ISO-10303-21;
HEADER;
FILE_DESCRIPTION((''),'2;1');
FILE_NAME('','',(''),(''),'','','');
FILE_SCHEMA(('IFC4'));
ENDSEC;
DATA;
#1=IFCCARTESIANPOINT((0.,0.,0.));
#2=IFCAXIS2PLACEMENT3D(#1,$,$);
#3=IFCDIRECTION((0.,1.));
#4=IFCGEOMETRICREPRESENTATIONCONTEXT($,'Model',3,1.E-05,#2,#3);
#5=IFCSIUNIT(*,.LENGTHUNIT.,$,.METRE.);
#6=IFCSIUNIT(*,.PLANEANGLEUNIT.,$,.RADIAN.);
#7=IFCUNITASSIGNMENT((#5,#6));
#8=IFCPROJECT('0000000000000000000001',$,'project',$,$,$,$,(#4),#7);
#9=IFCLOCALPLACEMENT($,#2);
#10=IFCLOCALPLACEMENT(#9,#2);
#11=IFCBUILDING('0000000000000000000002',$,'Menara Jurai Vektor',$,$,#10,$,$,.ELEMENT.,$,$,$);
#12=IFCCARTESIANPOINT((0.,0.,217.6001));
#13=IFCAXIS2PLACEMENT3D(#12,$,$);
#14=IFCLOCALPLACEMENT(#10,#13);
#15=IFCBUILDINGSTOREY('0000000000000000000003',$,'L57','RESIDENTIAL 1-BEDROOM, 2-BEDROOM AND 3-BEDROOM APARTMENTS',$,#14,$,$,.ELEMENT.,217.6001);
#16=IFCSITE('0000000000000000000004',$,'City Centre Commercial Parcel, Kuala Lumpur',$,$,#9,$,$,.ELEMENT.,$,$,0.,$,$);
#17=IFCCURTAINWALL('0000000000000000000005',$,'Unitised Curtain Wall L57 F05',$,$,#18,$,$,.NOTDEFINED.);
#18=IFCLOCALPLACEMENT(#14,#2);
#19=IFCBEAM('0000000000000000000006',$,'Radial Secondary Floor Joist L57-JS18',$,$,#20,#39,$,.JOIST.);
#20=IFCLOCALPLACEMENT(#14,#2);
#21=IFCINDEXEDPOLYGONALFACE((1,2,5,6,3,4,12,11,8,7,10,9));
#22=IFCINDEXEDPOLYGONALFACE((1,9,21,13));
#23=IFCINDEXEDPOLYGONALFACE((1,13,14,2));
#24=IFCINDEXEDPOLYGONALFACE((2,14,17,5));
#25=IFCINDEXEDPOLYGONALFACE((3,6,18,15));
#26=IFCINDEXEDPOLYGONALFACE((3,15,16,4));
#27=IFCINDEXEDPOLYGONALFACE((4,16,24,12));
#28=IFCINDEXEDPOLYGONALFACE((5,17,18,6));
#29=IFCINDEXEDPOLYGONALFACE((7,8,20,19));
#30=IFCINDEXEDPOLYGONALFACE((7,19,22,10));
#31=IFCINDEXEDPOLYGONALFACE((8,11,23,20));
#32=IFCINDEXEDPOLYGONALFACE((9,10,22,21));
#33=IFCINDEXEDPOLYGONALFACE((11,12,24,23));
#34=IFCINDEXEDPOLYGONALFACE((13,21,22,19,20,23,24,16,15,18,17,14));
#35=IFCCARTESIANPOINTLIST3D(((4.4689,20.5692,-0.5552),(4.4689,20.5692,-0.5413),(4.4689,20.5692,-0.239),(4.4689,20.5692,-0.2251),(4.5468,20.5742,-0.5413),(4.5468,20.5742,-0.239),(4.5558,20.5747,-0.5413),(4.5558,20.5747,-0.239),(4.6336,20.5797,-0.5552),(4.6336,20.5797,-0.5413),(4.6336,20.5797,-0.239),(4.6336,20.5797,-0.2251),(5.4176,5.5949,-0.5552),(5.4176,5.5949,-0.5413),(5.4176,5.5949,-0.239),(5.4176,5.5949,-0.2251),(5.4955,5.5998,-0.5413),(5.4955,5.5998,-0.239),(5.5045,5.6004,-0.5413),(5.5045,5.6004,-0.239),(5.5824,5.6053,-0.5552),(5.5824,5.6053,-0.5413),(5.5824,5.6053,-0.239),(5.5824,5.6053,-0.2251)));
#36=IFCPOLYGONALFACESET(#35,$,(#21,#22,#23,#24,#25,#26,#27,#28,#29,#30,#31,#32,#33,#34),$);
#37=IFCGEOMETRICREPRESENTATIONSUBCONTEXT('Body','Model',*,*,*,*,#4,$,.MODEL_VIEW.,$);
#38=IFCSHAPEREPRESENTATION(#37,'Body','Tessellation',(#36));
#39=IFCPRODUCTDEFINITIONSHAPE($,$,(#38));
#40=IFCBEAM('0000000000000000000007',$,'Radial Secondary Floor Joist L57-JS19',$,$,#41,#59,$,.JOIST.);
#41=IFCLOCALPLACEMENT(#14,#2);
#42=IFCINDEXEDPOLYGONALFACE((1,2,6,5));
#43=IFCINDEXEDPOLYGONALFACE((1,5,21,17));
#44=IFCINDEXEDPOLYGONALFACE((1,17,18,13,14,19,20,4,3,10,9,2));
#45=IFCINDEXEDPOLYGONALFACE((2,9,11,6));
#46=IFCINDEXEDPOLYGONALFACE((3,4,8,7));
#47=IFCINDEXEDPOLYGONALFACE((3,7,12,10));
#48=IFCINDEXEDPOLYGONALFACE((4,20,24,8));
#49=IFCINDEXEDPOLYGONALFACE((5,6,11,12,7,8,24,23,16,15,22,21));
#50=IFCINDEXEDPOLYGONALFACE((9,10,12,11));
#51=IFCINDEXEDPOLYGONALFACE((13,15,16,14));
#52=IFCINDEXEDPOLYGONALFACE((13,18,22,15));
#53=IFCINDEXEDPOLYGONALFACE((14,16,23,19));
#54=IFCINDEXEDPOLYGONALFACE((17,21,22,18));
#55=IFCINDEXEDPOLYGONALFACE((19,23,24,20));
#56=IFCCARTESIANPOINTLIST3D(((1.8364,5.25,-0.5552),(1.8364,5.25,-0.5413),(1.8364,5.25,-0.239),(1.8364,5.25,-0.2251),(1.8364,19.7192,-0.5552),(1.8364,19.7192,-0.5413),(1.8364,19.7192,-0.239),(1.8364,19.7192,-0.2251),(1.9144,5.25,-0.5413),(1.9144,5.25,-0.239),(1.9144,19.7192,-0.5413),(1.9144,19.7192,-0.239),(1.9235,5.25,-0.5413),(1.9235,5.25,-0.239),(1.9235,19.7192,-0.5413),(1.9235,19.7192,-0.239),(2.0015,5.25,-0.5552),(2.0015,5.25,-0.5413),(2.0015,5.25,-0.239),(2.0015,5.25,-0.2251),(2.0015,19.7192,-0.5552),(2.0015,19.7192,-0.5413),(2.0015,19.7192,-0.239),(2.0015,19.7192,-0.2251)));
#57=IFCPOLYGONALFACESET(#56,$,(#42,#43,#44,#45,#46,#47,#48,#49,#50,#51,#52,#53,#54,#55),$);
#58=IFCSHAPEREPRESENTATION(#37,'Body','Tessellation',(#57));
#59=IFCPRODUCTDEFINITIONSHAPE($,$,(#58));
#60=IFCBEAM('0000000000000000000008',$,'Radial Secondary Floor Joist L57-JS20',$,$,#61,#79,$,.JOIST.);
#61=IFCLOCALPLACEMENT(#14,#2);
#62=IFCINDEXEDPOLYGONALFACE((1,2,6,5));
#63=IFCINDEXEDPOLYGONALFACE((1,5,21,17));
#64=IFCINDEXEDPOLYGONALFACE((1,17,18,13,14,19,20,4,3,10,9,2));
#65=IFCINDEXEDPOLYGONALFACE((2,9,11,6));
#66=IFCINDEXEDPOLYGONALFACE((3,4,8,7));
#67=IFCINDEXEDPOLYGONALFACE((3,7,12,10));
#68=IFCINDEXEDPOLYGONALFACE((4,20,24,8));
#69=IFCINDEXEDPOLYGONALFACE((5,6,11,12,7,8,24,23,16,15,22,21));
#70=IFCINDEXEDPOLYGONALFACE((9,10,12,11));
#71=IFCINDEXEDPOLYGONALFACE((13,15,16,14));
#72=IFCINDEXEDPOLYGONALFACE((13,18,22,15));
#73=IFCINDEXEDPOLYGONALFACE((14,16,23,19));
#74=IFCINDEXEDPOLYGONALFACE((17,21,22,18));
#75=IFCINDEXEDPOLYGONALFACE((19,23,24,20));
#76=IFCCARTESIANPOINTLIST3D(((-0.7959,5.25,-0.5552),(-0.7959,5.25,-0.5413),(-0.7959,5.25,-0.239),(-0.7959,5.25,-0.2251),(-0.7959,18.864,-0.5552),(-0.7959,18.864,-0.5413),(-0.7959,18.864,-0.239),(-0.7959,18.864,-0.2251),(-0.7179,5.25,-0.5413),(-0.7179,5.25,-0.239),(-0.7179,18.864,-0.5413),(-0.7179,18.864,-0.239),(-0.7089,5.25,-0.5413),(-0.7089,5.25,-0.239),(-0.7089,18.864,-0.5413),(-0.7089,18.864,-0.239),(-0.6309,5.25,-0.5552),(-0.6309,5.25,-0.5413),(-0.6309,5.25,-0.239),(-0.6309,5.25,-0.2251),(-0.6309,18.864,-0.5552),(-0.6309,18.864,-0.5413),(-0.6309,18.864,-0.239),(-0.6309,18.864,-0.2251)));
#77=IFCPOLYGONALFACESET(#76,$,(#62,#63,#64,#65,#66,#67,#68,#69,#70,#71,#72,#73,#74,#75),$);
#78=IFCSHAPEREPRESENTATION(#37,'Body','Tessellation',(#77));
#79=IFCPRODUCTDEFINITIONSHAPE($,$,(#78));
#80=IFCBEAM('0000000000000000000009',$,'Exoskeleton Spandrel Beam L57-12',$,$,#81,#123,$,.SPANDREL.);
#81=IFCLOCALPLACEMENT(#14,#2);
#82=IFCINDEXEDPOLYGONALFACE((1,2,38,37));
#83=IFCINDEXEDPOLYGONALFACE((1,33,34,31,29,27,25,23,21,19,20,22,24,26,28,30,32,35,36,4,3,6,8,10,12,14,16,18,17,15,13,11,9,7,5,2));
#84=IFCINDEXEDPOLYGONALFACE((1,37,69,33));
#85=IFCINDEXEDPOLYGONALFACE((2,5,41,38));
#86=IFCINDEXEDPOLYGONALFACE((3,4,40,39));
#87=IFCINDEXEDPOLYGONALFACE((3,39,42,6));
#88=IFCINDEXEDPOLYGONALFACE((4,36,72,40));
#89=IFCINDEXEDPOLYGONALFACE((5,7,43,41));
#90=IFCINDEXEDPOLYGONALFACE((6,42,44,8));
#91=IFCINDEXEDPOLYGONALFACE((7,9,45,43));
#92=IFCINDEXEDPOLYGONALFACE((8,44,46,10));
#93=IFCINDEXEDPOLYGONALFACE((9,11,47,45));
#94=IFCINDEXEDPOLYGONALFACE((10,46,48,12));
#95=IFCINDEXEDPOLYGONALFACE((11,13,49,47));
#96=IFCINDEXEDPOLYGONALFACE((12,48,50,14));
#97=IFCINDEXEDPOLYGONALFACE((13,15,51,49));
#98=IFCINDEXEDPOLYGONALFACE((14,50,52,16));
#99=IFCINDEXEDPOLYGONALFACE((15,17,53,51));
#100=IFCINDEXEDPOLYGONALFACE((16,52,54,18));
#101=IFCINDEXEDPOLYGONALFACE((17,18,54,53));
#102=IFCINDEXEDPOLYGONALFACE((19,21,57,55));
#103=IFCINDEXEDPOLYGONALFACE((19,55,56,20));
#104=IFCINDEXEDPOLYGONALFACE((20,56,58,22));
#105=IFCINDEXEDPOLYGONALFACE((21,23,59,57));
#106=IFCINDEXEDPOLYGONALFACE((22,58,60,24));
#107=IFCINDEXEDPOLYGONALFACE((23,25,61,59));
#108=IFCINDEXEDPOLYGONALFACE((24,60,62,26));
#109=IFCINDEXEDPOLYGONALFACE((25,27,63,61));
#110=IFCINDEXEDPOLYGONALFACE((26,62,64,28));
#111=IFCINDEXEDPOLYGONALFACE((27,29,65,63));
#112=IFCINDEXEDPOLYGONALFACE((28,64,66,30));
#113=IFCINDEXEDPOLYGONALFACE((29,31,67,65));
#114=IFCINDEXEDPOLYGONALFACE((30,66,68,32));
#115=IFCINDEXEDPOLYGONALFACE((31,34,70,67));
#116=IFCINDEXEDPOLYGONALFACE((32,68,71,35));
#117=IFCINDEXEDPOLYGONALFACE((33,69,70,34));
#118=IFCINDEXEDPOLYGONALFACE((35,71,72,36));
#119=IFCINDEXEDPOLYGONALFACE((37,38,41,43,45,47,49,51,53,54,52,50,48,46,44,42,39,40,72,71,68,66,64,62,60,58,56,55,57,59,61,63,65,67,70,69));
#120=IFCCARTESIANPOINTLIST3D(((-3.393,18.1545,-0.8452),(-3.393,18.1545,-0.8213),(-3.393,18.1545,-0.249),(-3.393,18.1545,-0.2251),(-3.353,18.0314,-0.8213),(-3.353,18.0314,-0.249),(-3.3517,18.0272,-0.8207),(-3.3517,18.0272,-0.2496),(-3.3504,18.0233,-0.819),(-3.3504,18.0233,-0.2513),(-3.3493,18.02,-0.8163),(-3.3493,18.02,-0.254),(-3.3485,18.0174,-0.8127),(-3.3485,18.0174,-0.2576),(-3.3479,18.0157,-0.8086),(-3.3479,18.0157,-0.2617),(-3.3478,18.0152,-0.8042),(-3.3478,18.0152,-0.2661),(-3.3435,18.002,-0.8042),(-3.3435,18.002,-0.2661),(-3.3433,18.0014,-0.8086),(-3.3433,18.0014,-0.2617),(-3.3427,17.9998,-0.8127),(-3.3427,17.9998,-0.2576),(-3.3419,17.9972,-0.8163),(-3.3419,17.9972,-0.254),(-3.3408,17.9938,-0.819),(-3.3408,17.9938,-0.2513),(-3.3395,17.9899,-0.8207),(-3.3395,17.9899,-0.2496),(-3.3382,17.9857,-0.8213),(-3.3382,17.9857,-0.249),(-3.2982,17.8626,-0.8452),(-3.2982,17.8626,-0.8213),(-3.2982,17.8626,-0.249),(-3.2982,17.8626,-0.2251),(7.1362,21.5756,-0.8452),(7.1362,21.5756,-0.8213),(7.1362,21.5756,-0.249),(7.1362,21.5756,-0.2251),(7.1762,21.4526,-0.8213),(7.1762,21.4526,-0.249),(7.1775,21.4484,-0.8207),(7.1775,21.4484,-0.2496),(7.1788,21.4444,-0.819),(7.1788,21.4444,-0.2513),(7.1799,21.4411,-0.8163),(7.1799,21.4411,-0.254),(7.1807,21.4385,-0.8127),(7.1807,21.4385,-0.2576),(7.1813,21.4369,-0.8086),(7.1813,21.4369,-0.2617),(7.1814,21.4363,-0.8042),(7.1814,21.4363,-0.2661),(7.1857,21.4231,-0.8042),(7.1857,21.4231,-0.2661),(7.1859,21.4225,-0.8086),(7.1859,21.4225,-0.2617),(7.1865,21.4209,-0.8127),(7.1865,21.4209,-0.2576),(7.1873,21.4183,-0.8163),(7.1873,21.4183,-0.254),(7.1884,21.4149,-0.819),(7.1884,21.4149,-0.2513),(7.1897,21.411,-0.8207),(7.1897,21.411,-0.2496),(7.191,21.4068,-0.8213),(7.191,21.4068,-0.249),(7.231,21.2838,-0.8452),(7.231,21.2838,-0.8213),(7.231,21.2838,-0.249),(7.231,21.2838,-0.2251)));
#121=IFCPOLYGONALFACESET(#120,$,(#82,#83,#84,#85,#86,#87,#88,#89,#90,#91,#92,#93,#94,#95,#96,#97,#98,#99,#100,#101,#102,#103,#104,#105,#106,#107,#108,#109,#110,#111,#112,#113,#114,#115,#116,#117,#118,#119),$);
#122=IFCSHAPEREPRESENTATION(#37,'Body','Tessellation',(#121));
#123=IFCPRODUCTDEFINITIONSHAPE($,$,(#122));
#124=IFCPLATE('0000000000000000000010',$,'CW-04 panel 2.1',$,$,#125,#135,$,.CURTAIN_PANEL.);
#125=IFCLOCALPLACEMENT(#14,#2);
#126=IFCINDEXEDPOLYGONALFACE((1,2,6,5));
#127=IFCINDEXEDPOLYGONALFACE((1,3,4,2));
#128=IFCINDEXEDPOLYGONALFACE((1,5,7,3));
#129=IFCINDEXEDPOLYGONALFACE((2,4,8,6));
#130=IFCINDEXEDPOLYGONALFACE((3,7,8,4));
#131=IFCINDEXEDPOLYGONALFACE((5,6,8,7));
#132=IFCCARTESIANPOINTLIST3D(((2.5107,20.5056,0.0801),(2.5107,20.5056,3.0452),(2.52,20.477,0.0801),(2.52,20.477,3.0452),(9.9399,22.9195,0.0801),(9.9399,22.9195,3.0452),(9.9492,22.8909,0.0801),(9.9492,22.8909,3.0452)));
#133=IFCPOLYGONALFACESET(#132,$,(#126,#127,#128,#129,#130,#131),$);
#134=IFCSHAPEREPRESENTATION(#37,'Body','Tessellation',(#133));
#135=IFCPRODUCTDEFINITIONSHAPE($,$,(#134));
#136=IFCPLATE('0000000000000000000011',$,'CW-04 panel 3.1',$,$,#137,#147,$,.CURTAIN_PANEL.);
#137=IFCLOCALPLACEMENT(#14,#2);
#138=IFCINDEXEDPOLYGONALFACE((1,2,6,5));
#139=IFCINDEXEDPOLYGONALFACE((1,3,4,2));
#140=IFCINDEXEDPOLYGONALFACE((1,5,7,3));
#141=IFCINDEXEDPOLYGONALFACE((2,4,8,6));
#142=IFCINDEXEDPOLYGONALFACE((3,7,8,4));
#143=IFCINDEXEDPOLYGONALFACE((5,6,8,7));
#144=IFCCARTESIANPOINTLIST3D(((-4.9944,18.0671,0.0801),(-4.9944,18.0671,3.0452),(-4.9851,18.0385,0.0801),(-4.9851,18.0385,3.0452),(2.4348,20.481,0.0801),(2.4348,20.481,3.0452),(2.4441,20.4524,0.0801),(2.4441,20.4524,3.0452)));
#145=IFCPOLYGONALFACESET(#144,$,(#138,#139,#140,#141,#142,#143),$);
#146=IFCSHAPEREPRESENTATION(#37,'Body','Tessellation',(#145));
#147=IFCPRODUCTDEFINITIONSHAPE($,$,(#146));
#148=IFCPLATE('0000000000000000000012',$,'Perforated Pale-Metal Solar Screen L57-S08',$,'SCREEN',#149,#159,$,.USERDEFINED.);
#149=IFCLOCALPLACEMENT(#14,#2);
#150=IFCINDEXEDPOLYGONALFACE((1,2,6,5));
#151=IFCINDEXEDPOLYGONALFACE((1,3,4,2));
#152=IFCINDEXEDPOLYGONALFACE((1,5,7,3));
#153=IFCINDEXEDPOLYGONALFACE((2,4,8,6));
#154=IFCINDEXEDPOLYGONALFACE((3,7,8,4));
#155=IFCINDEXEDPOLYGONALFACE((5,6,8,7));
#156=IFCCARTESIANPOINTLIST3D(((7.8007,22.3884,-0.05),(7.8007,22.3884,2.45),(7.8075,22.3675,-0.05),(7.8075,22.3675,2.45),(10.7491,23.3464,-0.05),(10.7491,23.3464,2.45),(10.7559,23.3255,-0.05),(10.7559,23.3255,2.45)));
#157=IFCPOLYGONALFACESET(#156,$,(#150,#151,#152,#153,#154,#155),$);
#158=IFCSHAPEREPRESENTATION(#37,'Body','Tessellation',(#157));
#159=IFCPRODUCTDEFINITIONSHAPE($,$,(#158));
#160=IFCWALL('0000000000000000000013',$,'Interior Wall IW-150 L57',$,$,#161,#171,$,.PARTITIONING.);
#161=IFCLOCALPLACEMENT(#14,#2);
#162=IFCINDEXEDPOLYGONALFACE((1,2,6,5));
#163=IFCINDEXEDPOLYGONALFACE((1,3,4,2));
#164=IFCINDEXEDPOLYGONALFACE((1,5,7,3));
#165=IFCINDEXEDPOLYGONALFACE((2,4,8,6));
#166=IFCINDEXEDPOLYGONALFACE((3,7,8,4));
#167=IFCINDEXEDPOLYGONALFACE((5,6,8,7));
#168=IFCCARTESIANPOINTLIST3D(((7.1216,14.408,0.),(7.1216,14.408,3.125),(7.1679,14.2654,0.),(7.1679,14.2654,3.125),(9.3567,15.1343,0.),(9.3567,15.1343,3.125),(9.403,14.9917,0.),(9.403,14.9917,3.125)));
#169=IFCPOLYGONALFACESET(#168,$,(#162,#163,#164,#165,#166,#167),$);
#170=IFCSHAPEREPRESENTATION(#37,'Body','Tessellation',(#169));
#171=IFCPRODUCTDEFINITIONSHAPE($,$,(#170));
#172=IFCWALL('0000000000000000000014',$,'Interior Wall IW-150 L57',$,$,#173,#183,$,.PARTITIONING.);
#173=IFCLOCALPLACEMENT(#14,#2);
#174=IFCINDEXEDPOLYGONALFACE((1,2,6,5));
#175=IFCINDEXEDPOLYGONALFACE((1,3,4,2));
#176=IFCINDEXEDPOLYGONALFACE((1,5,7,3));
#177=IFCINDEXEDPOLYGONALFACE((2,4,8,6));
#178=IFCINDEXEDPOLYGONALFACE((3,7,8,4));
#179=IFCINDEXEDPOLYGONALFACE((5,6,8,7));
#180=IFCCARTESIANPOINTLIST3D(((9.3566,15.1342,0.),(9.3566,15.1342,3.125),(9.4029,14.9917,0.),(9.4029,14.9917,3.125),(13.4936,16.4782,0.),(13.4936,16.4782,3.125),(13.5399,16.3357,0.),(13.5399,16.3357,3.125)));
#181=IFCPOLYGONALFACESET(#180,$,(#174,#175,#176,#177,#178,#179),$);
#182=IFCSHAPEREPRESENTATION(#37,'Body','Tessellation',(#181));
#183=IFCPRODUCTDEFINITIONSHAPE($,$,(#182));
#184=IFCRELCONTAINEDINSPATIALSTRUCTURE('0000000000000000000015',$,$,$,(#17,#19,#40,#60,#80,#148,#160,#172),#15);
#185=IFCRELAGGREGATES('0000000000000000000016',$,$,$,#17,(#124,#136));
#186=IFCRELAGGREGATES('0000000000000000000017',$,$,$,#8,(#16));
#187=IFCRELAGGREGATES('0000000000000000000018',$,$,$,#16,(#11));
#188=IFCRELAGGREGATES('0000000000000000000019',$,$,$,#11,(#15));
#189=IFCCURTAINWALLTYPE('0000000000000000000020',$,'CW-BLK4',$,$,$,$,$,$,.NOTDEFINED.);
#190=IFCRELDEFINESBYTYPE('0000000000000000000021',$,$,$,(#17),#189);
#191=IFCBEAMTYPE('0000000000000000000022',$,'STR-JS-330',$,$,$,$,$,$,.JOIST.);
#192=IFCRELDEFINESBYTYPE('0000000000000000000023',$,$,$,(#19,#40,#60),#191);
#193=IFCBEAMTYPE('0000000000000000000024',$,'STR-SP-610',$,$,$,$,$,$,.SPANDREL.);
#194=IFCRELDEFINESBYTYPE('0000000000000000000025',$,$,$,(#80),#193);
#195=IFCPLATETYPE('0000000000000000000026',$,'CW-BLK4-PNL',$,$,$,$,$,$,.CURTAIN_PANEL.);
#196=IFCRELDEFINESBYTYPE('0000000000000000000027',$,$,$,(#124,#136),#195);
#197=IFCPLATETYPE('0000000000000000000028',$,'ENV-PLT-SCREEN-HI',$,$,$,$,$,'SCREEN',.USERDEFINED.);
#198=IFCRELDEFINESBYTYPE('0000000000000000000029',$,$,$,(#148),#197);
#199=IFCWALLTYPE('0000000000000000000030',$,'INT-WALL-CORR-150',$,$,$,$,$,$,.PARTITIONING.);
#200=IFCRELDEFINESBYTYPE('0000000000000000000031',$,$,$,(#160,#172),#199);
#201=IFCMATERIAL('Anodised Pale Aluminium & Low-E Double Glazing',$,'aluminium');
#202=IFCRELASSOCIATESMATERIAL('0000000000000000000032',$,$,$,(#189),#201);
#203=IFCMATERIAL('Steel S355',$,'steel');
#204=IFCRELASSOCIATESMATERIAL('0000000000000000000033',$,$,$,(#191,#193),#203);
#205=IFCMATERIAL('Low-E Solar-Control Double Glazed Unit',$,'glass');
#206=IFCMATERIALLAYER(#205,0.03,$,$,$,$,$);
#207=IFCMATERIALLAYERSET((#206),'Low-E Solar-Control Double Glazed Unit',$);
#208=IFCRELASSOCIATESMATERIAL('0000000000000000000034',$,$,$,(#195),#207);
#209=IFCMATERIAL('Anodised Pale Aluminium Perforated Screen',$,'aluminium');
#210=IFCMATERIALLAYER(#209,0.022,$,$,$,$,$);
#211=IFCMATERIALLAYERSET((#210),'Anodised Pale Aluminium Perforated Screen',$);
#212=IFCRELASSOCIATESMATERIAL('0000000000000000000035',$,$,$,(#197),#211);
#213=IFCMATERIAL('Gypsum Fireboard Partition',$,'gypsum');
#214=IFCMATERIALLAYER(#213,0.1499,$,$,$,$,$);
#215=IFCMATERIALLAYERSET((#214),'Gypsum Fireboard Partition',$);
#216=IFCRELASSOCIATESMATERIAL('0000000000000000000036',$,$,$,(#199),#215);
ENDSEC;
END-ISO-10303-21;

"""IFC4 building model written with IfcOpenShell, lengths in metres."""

from ifc_helpers import new_model, si_unit, direction, frame, frame_2d, origin, origin_2d, place, context, subcontext, project, spatial, rectangle, i_section, extrude, material, layer, layer_set, material_profile, profile_set, type_object, element, aggregate, save


model = new_model("IFC4")

# Units and contexts
model_context = context("Model", 3, precision=1e-05, world=origin(), true_north=direction((0.0, 1.0)))
body_context = subcontext(model_context, "Body", "Model", "MODEL_VIEW")
ifc_project = project(units=[si_unit("LENGTHUNIT", "METRE"), si_unit("PLANEANGLEUNIT", "RADIAN")], contexts=[model_context])

# Site, building, storey
site_placement = place(None, origin())
site = spatial("IfcSite", under=ifc_project, at=site_placement, Name="City Centre Commercial Parcel, Kuala Lumpur", CompositionType="ELEMENT", RefElevation=0.0)
building_placement = place(site_placement, origin())
building = spatial("IfcBuilding", under=site, at=building_placement, Name="Menara Jurai Vektor", CompositionType="ELEMENT")
storey_placement = place(building_placement, frame((0.0, 0.0, 217.6001)))
storey = spatial("IfcBuildingStorey", under=building, at=storey_placement, Name="L57", Description="RESIDENTIAL 1-BEDROOM, 2-BEDROOM AND 3-BEDROOM APARTMENTS", CompositionType="ELEMENT", Elevation=217.6001)

# Curtain wall
ifc_material_1 = material(Name="Anodised Pale Aluminium & Low-E Double Glazing", Category="aluminium")
curtain_wall_type = type_object("IfcCurtainWallType", Name="CW-BLK4", PredefinedType="NOTDEFINED", material=ifc_material_1)
curtain_wall_placement = place(storey_placement, origin())
curtain_wall = element("IfcCurtainWall", 1, at=curtain_wall_placement, inside=storey, type_object=curtain_wall_type, Name="Unitised Curtain Wall L57 F05", PredefinedType="NOTDEFINED")

# Beams
ifc_material_2 = material(Name="Steel S355", Category="steel")
ifc_material_profile_1 = material_profile(ifc_material_2, i_section(OverallWidth=0.165, OverallDepth=0.3301, WebThickness=0.009, FlangeThickness=0.0139, at=origin_2d()), Name="PG 330x165x46")
ifc_profile_set_1 = profile_set([ifc_material_profile_1], Name="Steel S355")
beam_type_1 = type_object("IfcBeamType", Name="STR-JS-330", PredefinedType="JOIST", material=ifc_profile_set_1)
beam_1_placement = place(storey_placement, frame((4.5513, 20.5745, -0.3901), z_axis=(0.06323, -0.997999, 0.0), x_axis=(0.997999, 0.06323, 0.0)))
element("IfcBeam", 2, at=beam_1_placement, inside=storey, type_object=beam_type_1, Name="Radial Secondary Floor Joist L57-JS18", PredefinedType="JOIST", context=body_context, shape_type="SweptSolid", body=[
    extrude(i_section(OverallWidth=0.165, OverallDepth=0.3301, WebThickness=0.009, FlangeThickness=0.0139, at=origin_2d()), origin(), (0.0, 0.0, 1.0), 15.0044),
])
beam_2_placement = place(storey_placement, frame((1.9189, 19.7192, -0.3901), z_axis=(0.0, -1.0, 0.0), x_axis=(1.0, 0.0, 0.0)))
element("IfcBeam", 3, at=beam_2_placement, inside=storey, type_object=beam_type_1, Name="Radial Secondary Floor Joist L57-JS19", PredefinedType="JOIST", context=body_context, shape_type="SweptSolid", body=[
    extrude(i_section(OverallWidth=0.165, OverallDepth=0.3301, WebThickness=0.009, FlangeThickness=0.0139, at=origin_2d()), origin(), (0.0, 0.0, 1.0), 14.4692),
])
beam_3_placement = place(storey_placement, frame((-0.7134, 18.864, -0.3901), z_axis=(0.0, -1.0, 0.0), x_axis=(1.0, 0.0, 0.0)))
element("IfcBeam", 4, at=beam_3_placement, inside=storey, type_object=beam_type_1, Name="Radial Secondary Floor Joist L57-JS20", PredefinedType="JOIST", context=body_context, shape_type="SweptSolid", body=[
    extrude(i_section(OverallWidth=0.165, OverallDepth=0.3301, WebThickness=0.009, FlangeThickness=0.0139, at=origin_2d()), origin(), (0.0, 0.0, 1.0), 13.614),
])
ifc_material_profile_2 = material_profile(ifc_material_2, i_section(OverallWidth=0.3069, OverallDepth=0.6201, WebThickness=0.0139, FlangeThickness=0.0239, FilletRadius=0.0171, at=origin_2d()), Name="UKB 610x305x179")
ifc_profile_set_2 = profile_set([ifc_material_profile_2], Name="Steel S355")
beam_type_2 = type_object("IfcBeamType", Name="STR-SP-610", PredefinedType="SPANDREL", material=ifc_profile_set_2)
beam_4_placement = place(storey_placement, frame((7.1836, 21.4297, -0.5352), z_axis=(-0.951057, -0.309014, 0.0), x_axis=(0.309014, -0.951057, 0.0)))
element("IfcBeam", 5, at=beam_4_placement, inside=storey, type_object=beam_type_2, Name="Exoskeleton Spandrel Beam L57-12", PredefinedType="SPANDREL", context=body_context, shape_type="SweptSolid", body=[
    extrude(i_section(OverallWidth=0.3069, OverallDepth=0.6201, WebThickness=0.0139, FlangeThickness=0.0239, FilletRadius=0.0171, at=origin_2d()), origin(), (0.0, 0.0, 1.0), 11.071),
])

# Plates
ifc_material_3 = material(Name="Low-E Solar-Control Double Glazed Unit", Category="glass")
ifc_layer_1 = layer(ifc_material_3, 0.03)
ifc_layer_set_1 = layer_set([ifc_layer_1], Name="Low-E Solar-Control Double Glazed Unit")
plate_type_1 = type_object("IfcPlateType", Name="CW-BLK4-PNL", PredefinedType="CURTAIN_PANEL", material=ifc_layer_set_1)
plate_1_placement = place(storey_placement, frame((6.23, 21.6982, 0.0801), z_axis=(0.0, 0.0, 1.0), x_axis=(-0.951056, -0.309017, 0.0)))
plate_1 = element("IfcPlate", 6, at=plate_1_placement, type_object=plate_type_1, Name="CW-04 panel 2.1", PredefinedType="CURTAIN_PANEL", context=body_context, shape_type="SweptSolid", body=[
    extrude(rectangle(XDim=7.8115, YDim=0.03, at=origin_2d()), origin(), (0.0, 0.0, 1.0), 2.9651),
])
plate_2_placement = place(storey_placement, frame((-1.2751, 19.2598, 0.0801), z_axis=(0.0, 0.0, 1.0), x_axis=(-0.951056, -0.309017, 0.0)))
plate_2 = element("IfcPlate", 7, at=plate_2_placement, type_object=plate_type_1, Name="CW-04 panel 3.1", PredefinedType="CURTAIN_PANEL", context=body_context, shape_type="SweptSolid", body=[
    extrude(rectangle(XDim=7.8115, YDim=0.03, at=origin_2d()), origin(), (0.0, 0.0, 1.0), 2.9651),
])
aggregate(curtain_wall, [plate_1, plate_2])
ifc_material_4 = material(Name="Anodised Pale Aluminium Perforated Screen", Category="aluminium")
ifc_layer_2 = layer(ifc_material_4, 0.022)
ifc_layer_set_2 = layer_set([ifc_layer_2], Name="Anodised Pale Aluminium Perforated Screen")
plate_type_2 = type_object("IfcPlateType", Name="ENV-PLT-SCREEN-HI", ElementType="SCREEN", PredefinedType="USERDEFINED", material=ifc_layer_set_2)
plate_3_placement = place(storey_placement, frame((9.2783, 22.8569, -0.05), z_axis=(0.0, 0.0, 1.0), x_axis=(-0.951057, -0.309017, 0.0)))
element("IfcPlate", 8, at=plate_3_placement, inside=storey, type_object=plate_type_2, Name="Perforated Pale-Metal Solar Screen L57-S08", ObjectType="SCREEN", PredefinedType="USERDEFINED", context=body_context, shape_type="SweptSolid", body=[
    extrude(rectangle(XDim=3.1001, YDim=0.022, at=origin_2d()), origin(), (0.0, 0.0, 1.0), 2.5),
])

# Walls
ifc_material_5 = material(Name="Gypsum Fireboard Partition", Category="gypsum")
ifc_layer_3 = layer(ifc_material_5, 0.1499)
ifc_layer_set_3 = layer_set([ifc_layer_3], Name="Gypsum Fireboard Partition")
wall_type_1 = type_object("IfcWallType", Name="INT-WALL-CORR-150", PredefinedType="PARTITIONING", material=ifc_layer_set_3)
wall_1_placement = place(storey_placement, frame((7.1448, 14.3367, 0.0), z_axis=(0.0, 0.0, 1.0), x_axis=(0.951046, 0.309051, 0.0)))
element("IfcWall", 9, at=wall_1_placement, inside=storey, type_object=wall_type_1, Name="Interior Wall IW-150 L57", PredefinedType="PARTITIONING", context=body_context, shape_type="SweptSolid", body=[
    extrude(rectangle(XDim=2.3501, YDim=0.1499, at=frame_2d((1.175, 0.0))), origin(), (0.0, 0.0, 1.0), 3.125),
])
wall_2_placement = place(storey_placement, frame((9.3799, 15.063, 0.0), z_axis=(0.0, 0.0, 1.0), x_axis=(0.951069, 0.308978, 0.0)))
element("IfcWall", 10, at=wall_2_placement, inside=storey, type_object=wall_type_1, Name="Interior Wall IW-150 L57", PredefinedType="PARTITIONING", context=body_context, shape_type="SweptSolid", body=[
    extrude(rectangle(XDim=4.3499, YDim=0.1499, at=frame_2d((2.1748, 0.0))), origin(), (0.0, 0.0, 1.0), 3.125),
])

save(model, "model.ifc")
